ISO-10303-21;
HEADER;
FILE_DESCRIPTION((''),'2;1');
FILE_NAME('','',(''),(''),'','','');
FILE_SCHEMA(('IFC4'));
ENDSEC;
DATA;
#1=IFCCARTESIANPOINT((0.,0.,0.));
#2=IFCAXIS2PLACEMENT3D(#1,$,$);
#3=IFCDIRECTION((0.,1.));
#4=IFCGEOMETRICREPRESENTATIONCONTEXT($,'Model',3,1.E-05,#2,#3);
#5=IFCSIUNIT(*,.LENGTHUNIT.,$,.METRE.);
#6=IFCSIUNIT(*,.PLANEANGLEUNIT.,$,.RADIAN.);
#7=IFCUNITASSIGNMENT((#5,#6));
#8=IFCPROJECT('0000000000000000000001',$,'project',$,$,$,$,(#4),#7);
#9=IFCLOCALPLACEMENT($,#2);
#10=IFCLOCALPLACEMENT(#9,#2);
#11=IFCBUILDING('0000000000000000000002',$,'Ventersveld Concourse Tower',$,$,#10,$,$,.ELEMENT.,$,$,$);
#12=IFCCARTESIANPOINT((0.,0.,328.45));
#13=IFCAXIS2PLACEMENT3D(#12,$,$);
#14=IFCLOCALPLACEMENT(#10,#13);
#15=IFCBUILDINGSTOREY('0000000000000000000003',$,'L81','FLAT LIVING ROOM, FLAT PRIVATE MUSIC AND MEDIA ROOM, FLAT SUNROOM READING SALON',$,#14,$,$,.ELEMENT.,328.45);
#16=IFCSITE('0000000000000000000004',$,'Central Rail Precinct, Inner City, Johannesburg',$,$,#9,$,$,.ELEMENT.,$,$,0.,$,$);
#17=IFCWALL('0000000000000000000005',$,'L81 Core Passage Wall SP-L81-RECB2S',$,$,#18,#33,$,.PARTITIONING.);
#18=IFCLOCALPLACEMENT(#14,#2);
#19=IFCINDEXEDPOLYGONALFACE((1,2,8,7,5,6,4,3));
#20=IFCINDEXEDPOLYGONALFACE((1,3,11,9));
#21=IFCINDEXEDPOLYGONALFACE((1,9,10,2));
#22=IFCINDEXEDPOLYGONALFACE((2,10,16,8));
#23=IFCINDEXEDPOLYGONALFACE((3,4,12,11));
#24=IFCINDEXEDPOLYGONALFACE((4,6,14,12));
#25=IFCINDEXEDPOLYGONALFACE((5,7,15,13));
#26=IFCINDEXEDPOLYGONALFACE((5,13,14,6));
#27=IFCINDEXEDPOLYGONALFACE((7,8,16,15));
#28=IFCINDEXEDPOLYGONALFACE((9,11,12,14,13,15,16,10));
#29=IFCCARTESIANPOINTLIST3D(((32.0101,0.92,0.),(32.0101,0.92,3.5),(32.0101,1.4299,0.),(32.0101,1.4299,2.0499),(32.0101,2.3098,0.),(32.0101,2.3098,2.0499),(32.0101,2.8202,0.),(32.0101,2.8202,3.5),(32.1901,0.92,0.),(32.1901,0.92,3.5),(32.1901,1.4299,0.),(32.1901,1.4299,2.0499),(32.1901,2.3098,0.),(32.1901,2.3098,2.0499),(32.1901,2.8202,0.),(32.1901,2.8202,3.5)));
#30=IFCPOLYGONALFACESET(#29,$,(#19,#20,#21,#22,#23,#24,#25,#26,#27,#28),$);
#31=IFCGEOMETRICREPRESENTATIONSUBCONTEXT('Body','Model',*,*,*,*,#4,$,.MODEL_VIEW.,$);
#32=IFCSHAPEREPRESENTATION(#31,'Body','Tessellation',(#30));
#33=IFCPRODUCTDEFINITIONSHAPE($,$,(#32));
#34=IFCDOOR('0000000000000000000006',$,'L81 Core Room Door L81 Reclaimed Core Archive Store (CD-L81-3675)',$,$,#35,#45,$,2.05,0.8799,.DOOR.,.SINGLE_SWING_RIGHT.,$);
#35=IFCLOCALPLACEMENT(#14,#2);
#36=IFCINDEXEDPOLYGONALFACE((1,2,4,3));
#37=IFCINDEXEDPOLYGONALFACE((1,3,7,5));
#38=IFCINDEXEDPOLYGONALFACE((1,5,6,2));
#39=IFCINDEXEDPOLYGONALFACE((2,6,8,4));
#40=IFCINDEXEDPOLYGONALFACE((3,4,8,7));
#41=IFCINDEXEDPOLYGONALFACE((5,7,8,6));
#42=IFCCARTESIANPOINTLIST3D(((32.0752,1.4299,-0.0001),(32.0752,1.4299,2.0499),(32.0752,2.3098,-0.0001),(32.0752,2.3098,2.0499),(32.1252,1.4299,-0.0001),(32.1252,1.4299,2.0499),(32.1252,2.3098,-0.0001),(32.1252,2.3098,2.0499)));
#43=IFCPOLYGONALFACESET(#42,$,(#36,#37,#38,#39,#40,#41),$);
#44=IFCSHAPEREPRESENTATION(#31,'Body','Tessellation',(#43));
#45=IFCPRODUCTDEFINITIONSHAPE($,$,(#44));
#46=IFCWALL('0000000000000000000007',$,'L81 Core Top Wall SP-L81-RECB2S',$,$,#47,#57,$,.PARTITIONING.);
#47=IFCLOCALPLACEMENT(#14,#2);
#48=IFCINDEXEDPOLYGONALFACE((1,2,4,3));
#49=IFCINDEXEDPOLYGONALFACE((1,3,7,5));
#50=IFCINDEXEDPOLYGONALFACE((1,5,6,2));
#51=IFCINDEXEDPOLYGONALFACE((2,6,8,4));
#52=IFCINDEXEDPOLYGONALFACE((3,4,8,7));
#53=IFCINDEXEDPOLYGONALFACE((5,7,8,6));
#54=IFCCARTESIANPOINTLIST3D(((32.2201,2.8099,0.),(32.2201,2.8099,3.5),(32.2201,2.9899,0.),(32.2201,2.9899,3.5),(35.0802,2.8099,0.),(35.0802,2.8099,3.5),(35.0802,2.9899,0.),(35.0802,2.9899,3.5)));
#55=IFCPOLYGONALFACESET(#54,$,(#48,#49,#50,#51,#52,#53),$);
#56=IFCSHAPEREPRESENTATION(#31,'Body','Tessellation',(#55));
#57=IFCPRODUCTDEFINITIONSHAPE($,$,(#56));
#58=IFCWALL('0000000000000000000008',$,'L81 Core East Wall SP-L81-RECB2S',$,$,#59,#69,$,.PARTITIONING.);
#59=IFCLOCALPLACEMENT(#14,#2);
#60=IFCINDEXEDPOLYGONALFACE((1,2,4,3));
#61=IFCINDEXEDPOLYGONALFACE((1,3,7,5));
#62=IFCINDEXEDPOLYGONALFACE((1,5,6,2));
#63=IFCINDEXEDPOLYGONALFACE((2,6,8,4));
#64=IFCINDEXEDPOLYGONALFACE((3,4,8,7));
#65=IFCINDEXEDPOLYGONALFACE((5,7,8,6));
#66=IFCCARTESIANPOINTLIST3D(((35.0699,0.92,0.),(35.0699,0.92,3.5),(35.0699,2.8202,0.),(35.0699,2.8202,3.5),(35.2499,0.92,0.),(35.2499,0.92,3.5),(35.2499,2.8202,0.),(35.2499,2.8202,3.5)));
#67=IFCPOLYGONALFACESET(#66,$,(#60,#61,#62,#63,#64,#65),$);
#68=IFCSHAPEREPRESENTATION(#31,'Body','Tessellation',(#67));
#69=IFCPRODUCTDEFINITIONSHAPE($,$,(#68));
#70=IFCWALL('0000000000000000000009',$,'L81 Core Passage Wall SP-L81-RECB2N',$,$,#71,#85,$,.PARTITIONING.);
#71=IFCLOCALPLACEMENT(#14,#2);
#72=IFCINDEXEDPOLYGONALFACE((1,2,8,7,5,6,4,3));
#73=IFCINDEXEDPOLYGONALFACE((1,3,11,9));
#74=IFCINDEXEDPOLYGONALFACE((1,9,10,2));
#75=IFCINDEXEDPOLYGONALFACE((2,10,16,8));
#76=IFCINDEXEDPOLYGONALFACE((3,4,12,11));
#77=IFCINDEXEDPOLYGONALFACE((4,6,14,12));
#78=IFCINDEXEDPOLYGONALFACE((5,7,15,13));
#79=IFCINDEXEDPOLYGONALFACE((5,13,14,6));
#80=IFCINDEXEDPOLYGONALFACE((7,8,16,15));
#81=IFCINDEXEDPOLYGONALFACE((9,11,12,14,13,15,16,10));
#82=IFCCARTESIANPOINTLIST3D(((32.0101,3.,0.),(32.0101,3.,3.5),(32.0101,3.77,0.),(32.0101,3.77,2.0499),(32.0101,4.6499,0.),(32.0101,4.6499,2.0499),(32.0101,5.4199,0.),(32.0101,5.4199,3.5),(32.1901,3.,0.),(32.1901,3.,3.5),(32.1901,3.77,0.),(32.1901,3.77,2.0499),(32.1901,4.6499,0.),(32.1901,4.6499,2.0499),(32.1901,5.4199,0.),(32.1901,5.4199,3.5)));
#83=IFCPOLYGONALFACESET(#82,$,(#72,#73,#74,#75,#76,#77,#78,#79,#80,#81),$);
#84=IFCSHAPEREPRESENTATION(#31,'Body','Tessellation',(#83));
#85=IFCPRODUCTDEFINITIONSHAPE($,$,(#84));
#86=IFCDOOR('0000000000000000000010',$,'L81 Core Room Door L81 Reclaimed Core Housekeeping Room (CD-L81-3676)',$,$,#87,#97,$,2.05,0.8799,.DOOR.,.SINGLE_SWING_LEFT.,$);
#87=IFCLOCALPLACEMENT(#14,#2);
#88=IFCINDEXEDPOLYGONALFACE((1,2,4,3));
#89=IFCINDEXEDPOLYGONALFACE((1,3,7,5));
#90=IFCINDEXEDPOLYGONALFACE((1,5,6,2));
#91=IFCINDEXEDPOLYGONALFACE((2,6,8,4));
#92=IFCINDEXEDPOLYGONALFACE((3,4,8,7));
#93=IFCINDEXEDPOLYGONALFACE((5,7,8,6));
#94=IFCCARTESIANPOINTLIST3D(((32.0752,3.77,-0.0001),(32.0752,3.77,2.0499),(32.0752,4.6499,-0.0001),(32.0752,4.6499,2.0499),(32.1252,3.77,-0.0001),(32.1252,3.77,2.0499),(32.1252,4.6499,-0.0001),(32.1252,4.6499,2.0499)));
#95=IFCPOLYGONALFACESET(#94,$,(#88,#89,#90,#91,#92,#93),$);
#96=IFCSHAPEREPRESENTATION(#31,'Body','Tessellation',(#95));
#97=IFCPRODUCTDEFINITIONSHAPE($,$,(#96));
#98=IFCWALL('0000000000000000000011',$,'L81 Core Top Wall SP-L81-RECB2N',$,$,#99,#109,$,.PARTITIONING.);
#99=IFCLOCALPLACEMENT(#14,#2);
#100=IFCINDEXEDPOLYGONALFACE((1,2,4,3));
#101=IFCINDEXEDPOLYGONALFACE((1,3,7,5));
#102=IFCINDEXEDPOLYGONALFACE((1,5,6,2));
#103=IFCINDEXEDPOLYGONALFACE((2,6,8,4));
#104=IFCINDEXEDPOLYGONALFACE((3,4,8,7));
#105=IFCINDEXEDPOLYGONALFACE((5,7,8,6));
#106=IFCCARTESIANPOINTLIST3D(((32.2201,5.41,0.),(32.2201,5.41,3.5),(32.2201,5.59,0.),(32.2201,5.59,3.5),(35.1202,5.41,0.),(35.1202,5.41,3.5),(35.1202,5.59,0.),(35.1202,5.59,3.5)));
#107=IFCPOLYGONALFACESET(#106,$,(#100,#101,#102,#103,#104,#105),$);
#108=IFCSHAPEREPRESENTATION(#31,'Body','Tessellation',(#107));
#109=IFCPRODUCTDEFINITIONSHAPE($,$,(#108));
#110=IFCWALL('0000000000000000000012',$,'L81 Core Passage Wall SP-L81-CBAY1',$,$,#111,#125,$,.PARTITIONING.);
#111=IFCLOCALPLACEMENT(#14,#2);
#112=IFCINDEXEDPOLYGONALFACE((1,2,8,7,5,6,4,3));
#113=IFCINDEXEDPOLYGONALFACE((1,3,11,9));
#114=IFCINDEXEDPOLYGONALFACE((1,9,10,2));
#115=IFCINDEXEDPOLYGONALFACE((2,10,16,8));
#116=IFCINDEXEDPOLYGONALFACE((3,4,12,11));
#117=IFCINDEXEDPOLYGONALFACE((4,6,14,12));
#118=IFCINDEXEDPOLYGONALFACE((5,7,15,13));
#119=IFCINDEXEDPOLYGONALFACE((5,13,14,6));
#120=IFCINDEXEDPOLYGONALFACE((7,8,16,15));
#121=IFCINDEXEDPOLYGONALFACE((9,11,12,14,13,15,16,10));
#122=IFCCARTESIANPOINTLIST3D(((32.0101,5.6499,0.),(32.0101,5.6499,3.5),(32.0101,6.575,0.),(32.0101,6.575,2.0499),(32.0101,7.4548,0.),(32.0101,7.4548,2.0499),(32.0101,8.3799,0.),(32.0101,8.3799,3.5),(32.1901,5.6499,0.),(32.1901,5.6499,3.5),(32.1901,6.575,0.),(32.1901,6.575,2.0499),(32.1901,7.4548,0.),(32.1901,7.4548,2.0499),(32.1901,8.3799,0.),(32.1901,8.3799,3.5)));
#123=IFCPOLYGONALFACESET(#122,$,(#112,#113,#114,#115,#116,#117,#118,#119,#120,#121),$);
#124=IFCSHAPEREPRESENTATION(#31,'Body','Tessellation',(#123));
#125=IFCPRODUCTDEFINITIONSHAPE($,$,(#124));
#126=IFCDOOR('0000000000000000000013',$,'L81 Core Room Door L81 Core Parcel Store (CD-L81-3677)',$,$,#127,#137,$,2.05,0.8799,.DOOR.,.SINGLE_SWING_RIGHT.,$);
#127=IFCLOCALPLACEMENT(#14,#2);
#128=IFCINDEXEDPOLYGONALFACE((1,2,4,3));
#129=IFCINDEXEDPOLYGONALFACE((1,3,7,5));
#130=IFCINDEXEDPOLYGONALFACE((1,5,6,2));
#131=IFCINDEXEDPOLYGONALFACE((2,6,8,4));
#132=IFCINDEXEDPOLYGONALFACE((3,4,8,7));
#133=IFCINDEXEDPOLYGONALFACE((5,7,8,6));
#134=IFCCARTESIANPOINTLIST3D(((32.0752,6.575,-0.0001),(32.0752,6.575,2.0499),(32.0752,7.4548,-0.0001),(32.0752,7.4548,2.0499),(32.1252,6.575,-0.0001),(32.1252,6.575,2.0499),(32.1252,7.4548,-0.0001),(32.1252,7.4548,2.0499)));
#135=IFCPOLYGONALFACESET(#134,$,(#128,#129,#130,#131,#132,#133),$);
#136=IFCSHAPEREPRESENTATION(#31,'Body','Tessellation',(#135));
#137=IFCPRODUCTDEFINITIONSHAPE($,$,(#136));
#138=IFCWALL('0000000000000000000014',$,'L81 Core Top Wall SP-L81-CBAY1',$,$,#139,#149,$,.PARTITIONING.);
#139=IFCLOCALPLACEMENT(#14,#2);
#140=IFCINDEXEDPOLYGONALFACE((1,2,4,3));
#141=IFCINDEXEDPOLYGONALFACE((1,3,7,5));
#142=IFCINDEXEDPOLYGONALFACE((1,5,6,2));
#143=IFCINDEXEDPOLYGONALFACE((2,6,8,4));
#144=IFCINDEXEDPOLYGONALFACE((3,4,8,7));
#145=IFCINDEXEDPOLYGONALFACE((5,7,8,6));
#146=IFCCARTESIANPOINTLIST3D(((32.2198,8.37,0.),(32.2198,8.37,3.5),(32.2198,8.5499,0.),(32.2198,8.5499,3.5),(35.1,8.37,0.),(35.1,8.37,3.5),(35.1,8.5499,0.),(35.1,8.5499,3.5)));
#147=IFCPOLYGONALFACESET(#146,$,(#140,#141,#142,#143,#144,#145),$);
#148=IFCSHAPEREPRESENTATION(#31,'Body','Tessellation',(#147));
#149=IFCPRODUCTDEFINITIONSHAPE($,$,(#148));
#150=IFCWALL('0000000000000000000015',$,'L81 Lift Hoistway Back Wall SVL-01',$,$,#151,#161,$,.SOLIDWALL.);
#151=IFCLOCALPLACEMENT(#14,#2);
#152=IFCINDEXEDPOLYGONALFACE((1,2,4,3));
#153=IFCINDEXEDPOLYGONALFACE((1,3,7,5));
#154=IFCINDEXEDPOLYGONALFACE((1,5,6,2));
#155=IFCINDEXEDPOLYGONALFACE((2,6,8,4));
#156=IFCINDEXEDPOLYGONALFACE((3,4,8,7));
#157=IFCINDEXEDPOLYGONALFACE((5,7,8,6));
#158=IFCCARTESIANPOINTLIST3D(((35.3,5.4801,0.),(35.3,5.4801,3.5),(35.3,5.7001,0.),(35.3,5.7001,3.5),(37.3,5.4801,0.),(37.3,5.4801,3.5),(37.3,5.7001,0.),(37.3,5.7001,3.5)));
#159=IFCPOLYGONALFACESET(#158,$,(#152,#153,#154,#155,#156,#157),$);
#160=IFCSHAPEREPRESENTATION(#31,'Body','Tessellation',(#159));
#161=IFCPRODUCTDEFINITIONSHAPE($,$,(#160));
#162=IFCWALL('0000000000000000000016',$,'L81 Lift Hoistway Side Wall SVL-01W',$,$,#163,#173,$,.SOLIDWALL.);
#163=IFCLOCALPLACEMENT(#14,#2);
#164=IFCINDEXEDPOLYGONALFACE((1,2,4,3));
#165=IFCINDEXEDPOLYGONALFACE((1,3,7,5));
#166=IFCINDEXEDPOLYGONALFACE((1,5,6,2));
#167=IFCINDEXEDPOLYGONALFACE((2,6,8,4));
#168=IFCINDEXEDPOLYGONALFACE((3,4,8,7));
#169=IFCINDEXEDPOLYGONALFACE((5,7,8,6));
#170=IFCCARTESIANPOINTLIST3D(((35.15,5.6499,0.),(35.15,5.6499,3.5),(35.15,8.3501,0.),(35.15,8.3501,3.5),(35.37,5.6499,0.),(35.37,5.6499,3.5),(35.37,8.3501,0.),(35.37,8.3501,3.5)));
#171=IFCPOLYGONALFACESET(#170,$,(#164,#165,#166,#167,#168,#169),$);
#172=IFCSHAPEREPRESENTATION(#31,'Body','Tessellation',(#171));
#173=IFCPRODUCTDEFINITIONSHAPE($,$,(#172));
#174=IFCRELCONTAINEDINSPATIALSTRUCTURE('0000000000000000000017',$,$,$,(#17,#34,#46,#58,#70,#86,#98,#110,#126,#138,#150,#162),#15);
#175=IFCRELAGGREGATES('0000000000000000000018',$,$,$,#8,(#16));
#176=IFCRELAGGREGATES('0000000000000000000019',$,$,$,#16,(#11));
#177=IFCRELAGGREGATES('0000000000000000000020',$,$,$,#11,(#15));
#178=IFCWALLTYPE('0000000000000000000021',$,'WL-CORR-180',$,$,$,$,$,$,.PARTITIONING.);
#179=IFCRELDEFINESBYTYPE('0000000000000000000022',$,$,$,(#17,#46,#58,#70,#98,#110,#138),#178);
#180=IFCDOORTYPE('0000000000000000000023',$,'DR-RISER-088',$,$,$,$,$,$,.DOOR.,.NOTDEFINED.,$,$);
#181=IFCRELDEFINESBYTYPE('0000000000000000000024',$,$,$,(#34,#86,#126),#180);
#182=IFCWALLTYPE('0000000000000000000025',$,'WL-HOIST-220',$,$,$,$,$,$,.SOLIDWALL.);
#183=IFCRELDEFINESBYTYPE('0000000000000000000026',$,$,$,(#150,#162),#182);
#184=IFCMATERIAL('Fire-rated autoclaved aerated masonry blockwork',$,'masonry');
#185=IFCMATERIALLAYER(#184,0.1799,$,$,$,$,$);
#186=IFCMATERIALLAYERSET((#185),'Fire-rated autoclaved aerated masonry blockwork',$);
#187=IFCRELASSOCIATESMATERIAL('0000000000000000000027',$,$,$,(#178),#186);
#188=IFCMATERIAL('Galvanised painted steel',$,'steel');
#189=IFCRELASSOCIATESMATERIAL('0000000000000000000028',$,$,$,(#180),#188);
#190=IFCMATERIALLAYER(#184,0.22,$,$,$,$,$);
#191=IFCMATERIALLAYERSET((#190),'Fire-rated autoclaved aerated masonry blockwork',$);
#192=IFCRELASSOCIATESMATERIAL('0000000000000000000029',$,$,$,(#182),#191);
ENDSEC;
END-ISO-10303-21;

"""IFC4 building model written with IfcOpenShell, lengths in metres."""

from ifc_helpers import new_model, si_unit, direction, frame, frame_2d, origin, place, context, subcontext, project, spatial, rectangle, extrude, material, layer, layer_set, type_object, element, fill, save


model = new_model("IFC4")

# Units and contexts
model_context = context("Model", 3, precision=1e-05, world=origin(), true_north=direction((0.0, 1.0)))
body_context = subcontext(model_context, "Body", "Model", "MODEL_VIEW")
ifc_project = project(units=[si_unit("LENGTHUNIT", "METRE"), si_unit("PLANEANGLEUNIT", "RADIAN")], contexts=[model_context])

# Site, building, storey
site_placement = place(None, origin())
site = spatial("IfcSite", under=ifc_project, at=site_placement, Name="Central Rail Precinct, Inner City, Johannesburg", CompositionType="ELEMENT", RefElevation=0.0)
building_placement = place(site_placement, origin())
building = spatial("IfcBuilding", under=site, at=building_placement, Name="Ventersveld Concourse Tower", CompositionType="ELEMENT")
storey_placement = place(building_placement, frame((0.0, 0.0, 328.45)))
storey = spatial("IfcBuildingStorey", under=building, at=storey_placement, Name="L81", Description="FLAT LIVING ROOM, FLAT PRIVATE MUSIC AND MEDIA ROOM, FLAT SUNROOM READING SALON", CompositionType="ELEMENT", Elevation=328.45)

# Wall, opening, door
ifc_material_1 = material(Name="Fire-rated autoclaved aerated masonry blockwork", Category="masonry")
ifc_layer_1 = layer(ifc_material_1, 0.1799)
ifc_layer_set_1 = layer_set([ifc_layer_1], Name="Fire-rated autoclaved aerated masonry blockwork")
wall_type_1 = type_object("IfcWallType", Name="WL-CORR-180", PredefinedType="PARTITIONING", material=ifc_layer_set_1)
wall_1_placement = place(storey_placement, frame((32.1001, 0.9199, 0.0), z_axis=(0.0, 0.0, 1.0), x_axis=(0.0, 1.0, 0.0)))
wall_1 = element("IfcWall", 1, at=wall_1_placement, inside=storey, type_object=wall_type_1, Name="L81 Core Passage Wall SP-L81-RECB2S", PredefinedType="PARTITIONING", context=body_context, shape_type="SweptSolid", body=[
    extrude(rectangle(XDim=1.9001, YDim=0.1799, at=frame_2d((0.9502, 0.0))), origin(), (0.0, 0.0, 1.0), 3.5),
])
opening_1_placement = place(wall_1_placement, frame((0.51, 0.0, 0.0)))
opening_1 = element("IfcOpeningElement", 2, at=opening_1_placement, cuts=wall_1, PredefinedType="OPENING", context=body_context, shape_type="SweptSolid", body=[
    extrude(rectangle(XDim=0.8799, YDim=2.05, at=frame_2d((0.4399, 1.0249))), frame((0.0, 0.1001, 0.0), z_axis=(0.0, -1.0, 0.0), x_axis=(1.0, 0.0, 0.0)), (0.0, 0.0, 1.0), 0.2),
])
ifc_material_2 = material(Name="Galvanised painted steel", Category="steel")
door_type_1 = type_object("IfcDoorType", Name="DR-RISER-088", OperationType="NOTDEFINED", PredefinedType="DOOR", material=ifc_material_2)
door_1_placement = place(opening_1_placement, origin())
door_1 = element("IfcDoor", 3, at=door_1_placement, inside=storey, type_object=door_type_1, Name="L81 Core Room Door L81 Reclaimed Core Archive Store (CD-L81-3675)", OperationType="SINGLE_SWING_RIGHT", OverallHeight=2.05, OverallWidth=0.8799, PredefinedType="DOOR", context=body_context, shape_type="SweptSolid", body=[
    extrude(rectangle(XDim=0.8799, YDim=2.05, at=frame_2d((0.4399, 1.0249))), frame((0.0, 0.0249, 0.0), z_axis=(0.0, -1.0, 0.0), x_axis=(1.0, 0.0, 0.0)), (0.0, 0.0, 1.0), 0.05),
])
fill(opening_1, door_1)

# Walls
wall_2_placement = place(storey_placement, frame((32.22, 2.8999, 0.0), z_axis=(0.0, 0.0, 1.0), x_axis=(1.0, 0.0, 0.0)))
element("IfcWall", 4, at=wall_2_placement, inside=storey, type_object=wall_type_1, Name="L81 Core Top Wall SP-L81-RECB2S", PredefinedType="PARTITIONING", context=body_context, shape_type="SweptSolid", body=[
    extrude(rectangle(XDim=2.8601, YDim=0.1799, at=frame_2d((1.4302, 0.0))), origin(), (0.0, 0.0, 1.0), 3.5),
])
wall_3_placement = place(storey_placement, frame((35.1599, 0.9199, 0.0), z_axis=(0.0, 0.0, 1.0), x_axis=(0.0, 1.0, 0.0)))
element("IfcWall", 5, at=wall_3_placement, inside=storey, type_object=wall_type_1, Name="L81 Core East Wall SP-L81-RECB2S", PredefinedType="PARTITIONING", context=body_context, shape_type="SweptSolid", body=[
    extrude(rectangle(XDim=1.9001, YDim=0.1799, at=frame_2d((0.9502, 0.0))), origin(), (0.0, 0.0, 1.0), 3.5),
])

# Wall, opening, door
wall_4_placement = place(storey_placement, frame((32.1001, 3.0, 0.0), z_axis=(0.0, 0.0, 1.0), x_axis=(0.0, 1.0, 0.0)))
wall_4 = element("IfcWall", 6, at=wall_4_placement, inside=storey, type_object=wall_type_1, Name="L81 Core Passage Wall SP-L81-RECB2N", PredefinedType="PARTITIONING", context=body_context, shape_type="SweptSolid", body=[
    extrude(rectangle(XDim=2.4199, YDim=0.1799, at=frame_2d((1.21, 0.0))), origin(), (0.0, 0.0, 1.0), 3.5),
])
opening_2_placement = place(wall_4_placement, frame((0.77, 0.0, 0.0)))
opening_2 = element("IfcOpeningElement", 7, at=opening_2_placement, cuts=wall_4, PredefinedType="OPENING", context=body_context, shape_type="SweptSolid", body=[
    extrude(rectangle(XDim=0.8799, YDim=2.05, at=frame_2d((0.4399, 1.0249))), frame((0.0, 0.1001, 0.0), z_axis=(0.0, -1.0, 0.0), x_axis=(1.0, 0.0, 0.0)), (0.0, 0.0, 1.0), 0.2),
])
door_2_placement = place(opening_2_placement, origin())
door_2 = element("IfcDoor", 8, at=door_2_placement, inside=storey, type_object=door_type_1, Name="L81 Core Room Door L81 Reclaimed Core Housekeeping Room (CD-L81-3676)", OperationType="SINGLE_SWING_LEFT", OverallHeight=2.05, OverallWidth=0.8799, PredefinedType="DOOR", context=body_context, shape_type="SweptSolid", body=[
    extrude(rectangle(XDim=0.8799, YDim=2.05, at=frame_2d((0.4399, 1.0249))), frame((0.0, 0.0249, 0.0), z_axis=(0.0, -1.0, 0.0), x_axis=(1.0, 0.0, 0.0)), (0.0, 0.0, 1.0), 0.05),
])
fill(opening_2, door_2)

# Wall
wall_5_placement = place(storey_placement, frame((32.22, 5.5, 0.0), z_axis=(0.0, 0.0, 1.0), x_axis=(1.0, 0.0, 0.0)))
element("IfcWall", 9, at=wall_5_placement, inside=storey, type_object=wall_type_1, Name="L81 Core Top Wall SP-L81-RECB2N", PredefinedType="PARTITIONING", context=body_context, shape_type="SweptSolid", body=[
    extrude(rectangle(XDim=2.9001, YDim=0.1799, at=frame_2d((1.4502, 0.0))), origin(), (0.0, 0.0, 1.0), 3.5),
])

# Wall, opening, door
wall_6_placement = place(storey_placement, frame((32.1001, 5.6499, 0.0), z_axis=(0.0, 0.0, 1.0), x_axis=(0.0, 1.0, 0.0)))
wall_6 = element("IfcWall", 10, at=wall_6_placement, inside=storey, type_object=wall_type_1, Name="L81 Core Passage Wall SP-L81-CBAY1", PredefinedType="PARTITIONING", context=body_context, shape_type="SweptSolid", body=[
    extrude(rectangle(XDim=2.73, YDim=0.1799, at=frame_2d((1.365, 0.0))), origin(), (0.0, 0.0, 1.0), 3.5),
])
opening_3_placement = place(wall_6_placement, frame((0.925, 0.0, 0.0)))
opening_3 = element("IfcOpeningElement", 11, at=opening_3_placement, cuts=wall_6, PredefinedType="OPENING", context=body_context, shape_type="SweptSolid", body=[
    extrude(rectangle(XDim=0.8799, YDim=2.05, at=frame_2d((0.4399, 1.0249))), frame((0.0, 0.1001, 0.0), z_axis=(0.0, -1.0, 0.0), x_axis=(1.0, 0.0, 0.0)), (0.0, 0.0, 1.0), 0.2),
])
door_3_placement = place(opening_3_placement, origin())
door_3 = element("IfcDoor", 12, at=door_3_placement, inside=storey, type_object=door_type_1, Name="L81 Core Room Door L81 Core Parcel Store (CD-L81-3677)", OperationType="SINGLE_SWING_RIGHT", OverallHeight=2.05, OverallWidth=0.8799, PredefinedType="DOOR", context=body_context, shape_type="SweptSolid", body=[
    extrude(rectangle(XDim=0.8799, YDim=2.05, at=frame_2d((0.4399, 1.0249))), frame((0.0, 0.0249, 0.0), z_axis=(0.0, -1.0, 0.0), x_axis=(1.0, 0.0, 0.0)), (0.0, 0.0, 1.0), 0.05),
])
fill(opening_3, door_3)

# Walls
wall_7_placement = place(storey_placement, frame((32.22, 8.46, 0.0), z_axis=(0.0, 0.0, 1.0), x_axis=(1.0, 0.0, 0.0)))
element("IfcWall", 13, at=wall_7_placement, inside=storey, type_object=wall_type_1, Name="L81 Core Top Wall SP-L81-CBAY1", PredefinedType="PARTITIONING", context=body_context, shape_type="SweptSolid", body=[
    extrude(rectangle(XDim=2.8801, YDim=0.1799, at=frame_2d((1.4399, 0.0))), origin(), (0.0, 0.0, 1.0), 3.5),
])
ifc_layer_2 = layer(ifc_material_1, 0.22)
ifc_layer_set_2 = layer_set([ifc_layer_2], Name="Fire-rated autoclaved aerated masonry blockwork")
wall_type_2 = type_object("IfcWallType", Name="WL-HOIST-220", PredefinedType="SOLIDWALL", material=ifc_layer_set_2)
wall_8_placement = place(storey_placement, frame((35.3, 5.5901, 0.0), z_axis=(0.0, 0.0, 1.0), x_axis=(1.0, 0.0, 0.0)))
element("IfcWall", 14, at=wall_8_placement, inside=storey, type_object=wall_type_2, Name="L81 Lift Hoistway Back Wall SVL-01", PredefinedType="SOLIDWALL", context=body_context, shape_type="SweptSolid", body=[
    extrude(rectangle(XDim=2.0, YDim=0.22, at=frame_2d((1.0, 0.0))), origin(), (0.0, 0.0, 1.0), 3.5),
])
wall_9_placement = place(storey_placement, frame((35.26, 5.6499, 0.0), z_axis=(0.0, 0.0, 1.0), x_axis=(0.0, 1.0, 0.0)))
element("IfcWall", 15, at=wall_9_placement, inside=storey, type_object=wall_type_2, Name="L81 Lift Hoistway Side Wall SVL-01W", PredefinedType="SOLIDWALL", context=body_context, shape_type="SweptSolid", body=[
    extrude(rectangle(XDim=2.7002, YDim=0.22, at=frame_2d((1.3501, 0.0))), origin(), (0.0, 0.0, 1.0), 3.5),
])

save(model, "model.ifc")
